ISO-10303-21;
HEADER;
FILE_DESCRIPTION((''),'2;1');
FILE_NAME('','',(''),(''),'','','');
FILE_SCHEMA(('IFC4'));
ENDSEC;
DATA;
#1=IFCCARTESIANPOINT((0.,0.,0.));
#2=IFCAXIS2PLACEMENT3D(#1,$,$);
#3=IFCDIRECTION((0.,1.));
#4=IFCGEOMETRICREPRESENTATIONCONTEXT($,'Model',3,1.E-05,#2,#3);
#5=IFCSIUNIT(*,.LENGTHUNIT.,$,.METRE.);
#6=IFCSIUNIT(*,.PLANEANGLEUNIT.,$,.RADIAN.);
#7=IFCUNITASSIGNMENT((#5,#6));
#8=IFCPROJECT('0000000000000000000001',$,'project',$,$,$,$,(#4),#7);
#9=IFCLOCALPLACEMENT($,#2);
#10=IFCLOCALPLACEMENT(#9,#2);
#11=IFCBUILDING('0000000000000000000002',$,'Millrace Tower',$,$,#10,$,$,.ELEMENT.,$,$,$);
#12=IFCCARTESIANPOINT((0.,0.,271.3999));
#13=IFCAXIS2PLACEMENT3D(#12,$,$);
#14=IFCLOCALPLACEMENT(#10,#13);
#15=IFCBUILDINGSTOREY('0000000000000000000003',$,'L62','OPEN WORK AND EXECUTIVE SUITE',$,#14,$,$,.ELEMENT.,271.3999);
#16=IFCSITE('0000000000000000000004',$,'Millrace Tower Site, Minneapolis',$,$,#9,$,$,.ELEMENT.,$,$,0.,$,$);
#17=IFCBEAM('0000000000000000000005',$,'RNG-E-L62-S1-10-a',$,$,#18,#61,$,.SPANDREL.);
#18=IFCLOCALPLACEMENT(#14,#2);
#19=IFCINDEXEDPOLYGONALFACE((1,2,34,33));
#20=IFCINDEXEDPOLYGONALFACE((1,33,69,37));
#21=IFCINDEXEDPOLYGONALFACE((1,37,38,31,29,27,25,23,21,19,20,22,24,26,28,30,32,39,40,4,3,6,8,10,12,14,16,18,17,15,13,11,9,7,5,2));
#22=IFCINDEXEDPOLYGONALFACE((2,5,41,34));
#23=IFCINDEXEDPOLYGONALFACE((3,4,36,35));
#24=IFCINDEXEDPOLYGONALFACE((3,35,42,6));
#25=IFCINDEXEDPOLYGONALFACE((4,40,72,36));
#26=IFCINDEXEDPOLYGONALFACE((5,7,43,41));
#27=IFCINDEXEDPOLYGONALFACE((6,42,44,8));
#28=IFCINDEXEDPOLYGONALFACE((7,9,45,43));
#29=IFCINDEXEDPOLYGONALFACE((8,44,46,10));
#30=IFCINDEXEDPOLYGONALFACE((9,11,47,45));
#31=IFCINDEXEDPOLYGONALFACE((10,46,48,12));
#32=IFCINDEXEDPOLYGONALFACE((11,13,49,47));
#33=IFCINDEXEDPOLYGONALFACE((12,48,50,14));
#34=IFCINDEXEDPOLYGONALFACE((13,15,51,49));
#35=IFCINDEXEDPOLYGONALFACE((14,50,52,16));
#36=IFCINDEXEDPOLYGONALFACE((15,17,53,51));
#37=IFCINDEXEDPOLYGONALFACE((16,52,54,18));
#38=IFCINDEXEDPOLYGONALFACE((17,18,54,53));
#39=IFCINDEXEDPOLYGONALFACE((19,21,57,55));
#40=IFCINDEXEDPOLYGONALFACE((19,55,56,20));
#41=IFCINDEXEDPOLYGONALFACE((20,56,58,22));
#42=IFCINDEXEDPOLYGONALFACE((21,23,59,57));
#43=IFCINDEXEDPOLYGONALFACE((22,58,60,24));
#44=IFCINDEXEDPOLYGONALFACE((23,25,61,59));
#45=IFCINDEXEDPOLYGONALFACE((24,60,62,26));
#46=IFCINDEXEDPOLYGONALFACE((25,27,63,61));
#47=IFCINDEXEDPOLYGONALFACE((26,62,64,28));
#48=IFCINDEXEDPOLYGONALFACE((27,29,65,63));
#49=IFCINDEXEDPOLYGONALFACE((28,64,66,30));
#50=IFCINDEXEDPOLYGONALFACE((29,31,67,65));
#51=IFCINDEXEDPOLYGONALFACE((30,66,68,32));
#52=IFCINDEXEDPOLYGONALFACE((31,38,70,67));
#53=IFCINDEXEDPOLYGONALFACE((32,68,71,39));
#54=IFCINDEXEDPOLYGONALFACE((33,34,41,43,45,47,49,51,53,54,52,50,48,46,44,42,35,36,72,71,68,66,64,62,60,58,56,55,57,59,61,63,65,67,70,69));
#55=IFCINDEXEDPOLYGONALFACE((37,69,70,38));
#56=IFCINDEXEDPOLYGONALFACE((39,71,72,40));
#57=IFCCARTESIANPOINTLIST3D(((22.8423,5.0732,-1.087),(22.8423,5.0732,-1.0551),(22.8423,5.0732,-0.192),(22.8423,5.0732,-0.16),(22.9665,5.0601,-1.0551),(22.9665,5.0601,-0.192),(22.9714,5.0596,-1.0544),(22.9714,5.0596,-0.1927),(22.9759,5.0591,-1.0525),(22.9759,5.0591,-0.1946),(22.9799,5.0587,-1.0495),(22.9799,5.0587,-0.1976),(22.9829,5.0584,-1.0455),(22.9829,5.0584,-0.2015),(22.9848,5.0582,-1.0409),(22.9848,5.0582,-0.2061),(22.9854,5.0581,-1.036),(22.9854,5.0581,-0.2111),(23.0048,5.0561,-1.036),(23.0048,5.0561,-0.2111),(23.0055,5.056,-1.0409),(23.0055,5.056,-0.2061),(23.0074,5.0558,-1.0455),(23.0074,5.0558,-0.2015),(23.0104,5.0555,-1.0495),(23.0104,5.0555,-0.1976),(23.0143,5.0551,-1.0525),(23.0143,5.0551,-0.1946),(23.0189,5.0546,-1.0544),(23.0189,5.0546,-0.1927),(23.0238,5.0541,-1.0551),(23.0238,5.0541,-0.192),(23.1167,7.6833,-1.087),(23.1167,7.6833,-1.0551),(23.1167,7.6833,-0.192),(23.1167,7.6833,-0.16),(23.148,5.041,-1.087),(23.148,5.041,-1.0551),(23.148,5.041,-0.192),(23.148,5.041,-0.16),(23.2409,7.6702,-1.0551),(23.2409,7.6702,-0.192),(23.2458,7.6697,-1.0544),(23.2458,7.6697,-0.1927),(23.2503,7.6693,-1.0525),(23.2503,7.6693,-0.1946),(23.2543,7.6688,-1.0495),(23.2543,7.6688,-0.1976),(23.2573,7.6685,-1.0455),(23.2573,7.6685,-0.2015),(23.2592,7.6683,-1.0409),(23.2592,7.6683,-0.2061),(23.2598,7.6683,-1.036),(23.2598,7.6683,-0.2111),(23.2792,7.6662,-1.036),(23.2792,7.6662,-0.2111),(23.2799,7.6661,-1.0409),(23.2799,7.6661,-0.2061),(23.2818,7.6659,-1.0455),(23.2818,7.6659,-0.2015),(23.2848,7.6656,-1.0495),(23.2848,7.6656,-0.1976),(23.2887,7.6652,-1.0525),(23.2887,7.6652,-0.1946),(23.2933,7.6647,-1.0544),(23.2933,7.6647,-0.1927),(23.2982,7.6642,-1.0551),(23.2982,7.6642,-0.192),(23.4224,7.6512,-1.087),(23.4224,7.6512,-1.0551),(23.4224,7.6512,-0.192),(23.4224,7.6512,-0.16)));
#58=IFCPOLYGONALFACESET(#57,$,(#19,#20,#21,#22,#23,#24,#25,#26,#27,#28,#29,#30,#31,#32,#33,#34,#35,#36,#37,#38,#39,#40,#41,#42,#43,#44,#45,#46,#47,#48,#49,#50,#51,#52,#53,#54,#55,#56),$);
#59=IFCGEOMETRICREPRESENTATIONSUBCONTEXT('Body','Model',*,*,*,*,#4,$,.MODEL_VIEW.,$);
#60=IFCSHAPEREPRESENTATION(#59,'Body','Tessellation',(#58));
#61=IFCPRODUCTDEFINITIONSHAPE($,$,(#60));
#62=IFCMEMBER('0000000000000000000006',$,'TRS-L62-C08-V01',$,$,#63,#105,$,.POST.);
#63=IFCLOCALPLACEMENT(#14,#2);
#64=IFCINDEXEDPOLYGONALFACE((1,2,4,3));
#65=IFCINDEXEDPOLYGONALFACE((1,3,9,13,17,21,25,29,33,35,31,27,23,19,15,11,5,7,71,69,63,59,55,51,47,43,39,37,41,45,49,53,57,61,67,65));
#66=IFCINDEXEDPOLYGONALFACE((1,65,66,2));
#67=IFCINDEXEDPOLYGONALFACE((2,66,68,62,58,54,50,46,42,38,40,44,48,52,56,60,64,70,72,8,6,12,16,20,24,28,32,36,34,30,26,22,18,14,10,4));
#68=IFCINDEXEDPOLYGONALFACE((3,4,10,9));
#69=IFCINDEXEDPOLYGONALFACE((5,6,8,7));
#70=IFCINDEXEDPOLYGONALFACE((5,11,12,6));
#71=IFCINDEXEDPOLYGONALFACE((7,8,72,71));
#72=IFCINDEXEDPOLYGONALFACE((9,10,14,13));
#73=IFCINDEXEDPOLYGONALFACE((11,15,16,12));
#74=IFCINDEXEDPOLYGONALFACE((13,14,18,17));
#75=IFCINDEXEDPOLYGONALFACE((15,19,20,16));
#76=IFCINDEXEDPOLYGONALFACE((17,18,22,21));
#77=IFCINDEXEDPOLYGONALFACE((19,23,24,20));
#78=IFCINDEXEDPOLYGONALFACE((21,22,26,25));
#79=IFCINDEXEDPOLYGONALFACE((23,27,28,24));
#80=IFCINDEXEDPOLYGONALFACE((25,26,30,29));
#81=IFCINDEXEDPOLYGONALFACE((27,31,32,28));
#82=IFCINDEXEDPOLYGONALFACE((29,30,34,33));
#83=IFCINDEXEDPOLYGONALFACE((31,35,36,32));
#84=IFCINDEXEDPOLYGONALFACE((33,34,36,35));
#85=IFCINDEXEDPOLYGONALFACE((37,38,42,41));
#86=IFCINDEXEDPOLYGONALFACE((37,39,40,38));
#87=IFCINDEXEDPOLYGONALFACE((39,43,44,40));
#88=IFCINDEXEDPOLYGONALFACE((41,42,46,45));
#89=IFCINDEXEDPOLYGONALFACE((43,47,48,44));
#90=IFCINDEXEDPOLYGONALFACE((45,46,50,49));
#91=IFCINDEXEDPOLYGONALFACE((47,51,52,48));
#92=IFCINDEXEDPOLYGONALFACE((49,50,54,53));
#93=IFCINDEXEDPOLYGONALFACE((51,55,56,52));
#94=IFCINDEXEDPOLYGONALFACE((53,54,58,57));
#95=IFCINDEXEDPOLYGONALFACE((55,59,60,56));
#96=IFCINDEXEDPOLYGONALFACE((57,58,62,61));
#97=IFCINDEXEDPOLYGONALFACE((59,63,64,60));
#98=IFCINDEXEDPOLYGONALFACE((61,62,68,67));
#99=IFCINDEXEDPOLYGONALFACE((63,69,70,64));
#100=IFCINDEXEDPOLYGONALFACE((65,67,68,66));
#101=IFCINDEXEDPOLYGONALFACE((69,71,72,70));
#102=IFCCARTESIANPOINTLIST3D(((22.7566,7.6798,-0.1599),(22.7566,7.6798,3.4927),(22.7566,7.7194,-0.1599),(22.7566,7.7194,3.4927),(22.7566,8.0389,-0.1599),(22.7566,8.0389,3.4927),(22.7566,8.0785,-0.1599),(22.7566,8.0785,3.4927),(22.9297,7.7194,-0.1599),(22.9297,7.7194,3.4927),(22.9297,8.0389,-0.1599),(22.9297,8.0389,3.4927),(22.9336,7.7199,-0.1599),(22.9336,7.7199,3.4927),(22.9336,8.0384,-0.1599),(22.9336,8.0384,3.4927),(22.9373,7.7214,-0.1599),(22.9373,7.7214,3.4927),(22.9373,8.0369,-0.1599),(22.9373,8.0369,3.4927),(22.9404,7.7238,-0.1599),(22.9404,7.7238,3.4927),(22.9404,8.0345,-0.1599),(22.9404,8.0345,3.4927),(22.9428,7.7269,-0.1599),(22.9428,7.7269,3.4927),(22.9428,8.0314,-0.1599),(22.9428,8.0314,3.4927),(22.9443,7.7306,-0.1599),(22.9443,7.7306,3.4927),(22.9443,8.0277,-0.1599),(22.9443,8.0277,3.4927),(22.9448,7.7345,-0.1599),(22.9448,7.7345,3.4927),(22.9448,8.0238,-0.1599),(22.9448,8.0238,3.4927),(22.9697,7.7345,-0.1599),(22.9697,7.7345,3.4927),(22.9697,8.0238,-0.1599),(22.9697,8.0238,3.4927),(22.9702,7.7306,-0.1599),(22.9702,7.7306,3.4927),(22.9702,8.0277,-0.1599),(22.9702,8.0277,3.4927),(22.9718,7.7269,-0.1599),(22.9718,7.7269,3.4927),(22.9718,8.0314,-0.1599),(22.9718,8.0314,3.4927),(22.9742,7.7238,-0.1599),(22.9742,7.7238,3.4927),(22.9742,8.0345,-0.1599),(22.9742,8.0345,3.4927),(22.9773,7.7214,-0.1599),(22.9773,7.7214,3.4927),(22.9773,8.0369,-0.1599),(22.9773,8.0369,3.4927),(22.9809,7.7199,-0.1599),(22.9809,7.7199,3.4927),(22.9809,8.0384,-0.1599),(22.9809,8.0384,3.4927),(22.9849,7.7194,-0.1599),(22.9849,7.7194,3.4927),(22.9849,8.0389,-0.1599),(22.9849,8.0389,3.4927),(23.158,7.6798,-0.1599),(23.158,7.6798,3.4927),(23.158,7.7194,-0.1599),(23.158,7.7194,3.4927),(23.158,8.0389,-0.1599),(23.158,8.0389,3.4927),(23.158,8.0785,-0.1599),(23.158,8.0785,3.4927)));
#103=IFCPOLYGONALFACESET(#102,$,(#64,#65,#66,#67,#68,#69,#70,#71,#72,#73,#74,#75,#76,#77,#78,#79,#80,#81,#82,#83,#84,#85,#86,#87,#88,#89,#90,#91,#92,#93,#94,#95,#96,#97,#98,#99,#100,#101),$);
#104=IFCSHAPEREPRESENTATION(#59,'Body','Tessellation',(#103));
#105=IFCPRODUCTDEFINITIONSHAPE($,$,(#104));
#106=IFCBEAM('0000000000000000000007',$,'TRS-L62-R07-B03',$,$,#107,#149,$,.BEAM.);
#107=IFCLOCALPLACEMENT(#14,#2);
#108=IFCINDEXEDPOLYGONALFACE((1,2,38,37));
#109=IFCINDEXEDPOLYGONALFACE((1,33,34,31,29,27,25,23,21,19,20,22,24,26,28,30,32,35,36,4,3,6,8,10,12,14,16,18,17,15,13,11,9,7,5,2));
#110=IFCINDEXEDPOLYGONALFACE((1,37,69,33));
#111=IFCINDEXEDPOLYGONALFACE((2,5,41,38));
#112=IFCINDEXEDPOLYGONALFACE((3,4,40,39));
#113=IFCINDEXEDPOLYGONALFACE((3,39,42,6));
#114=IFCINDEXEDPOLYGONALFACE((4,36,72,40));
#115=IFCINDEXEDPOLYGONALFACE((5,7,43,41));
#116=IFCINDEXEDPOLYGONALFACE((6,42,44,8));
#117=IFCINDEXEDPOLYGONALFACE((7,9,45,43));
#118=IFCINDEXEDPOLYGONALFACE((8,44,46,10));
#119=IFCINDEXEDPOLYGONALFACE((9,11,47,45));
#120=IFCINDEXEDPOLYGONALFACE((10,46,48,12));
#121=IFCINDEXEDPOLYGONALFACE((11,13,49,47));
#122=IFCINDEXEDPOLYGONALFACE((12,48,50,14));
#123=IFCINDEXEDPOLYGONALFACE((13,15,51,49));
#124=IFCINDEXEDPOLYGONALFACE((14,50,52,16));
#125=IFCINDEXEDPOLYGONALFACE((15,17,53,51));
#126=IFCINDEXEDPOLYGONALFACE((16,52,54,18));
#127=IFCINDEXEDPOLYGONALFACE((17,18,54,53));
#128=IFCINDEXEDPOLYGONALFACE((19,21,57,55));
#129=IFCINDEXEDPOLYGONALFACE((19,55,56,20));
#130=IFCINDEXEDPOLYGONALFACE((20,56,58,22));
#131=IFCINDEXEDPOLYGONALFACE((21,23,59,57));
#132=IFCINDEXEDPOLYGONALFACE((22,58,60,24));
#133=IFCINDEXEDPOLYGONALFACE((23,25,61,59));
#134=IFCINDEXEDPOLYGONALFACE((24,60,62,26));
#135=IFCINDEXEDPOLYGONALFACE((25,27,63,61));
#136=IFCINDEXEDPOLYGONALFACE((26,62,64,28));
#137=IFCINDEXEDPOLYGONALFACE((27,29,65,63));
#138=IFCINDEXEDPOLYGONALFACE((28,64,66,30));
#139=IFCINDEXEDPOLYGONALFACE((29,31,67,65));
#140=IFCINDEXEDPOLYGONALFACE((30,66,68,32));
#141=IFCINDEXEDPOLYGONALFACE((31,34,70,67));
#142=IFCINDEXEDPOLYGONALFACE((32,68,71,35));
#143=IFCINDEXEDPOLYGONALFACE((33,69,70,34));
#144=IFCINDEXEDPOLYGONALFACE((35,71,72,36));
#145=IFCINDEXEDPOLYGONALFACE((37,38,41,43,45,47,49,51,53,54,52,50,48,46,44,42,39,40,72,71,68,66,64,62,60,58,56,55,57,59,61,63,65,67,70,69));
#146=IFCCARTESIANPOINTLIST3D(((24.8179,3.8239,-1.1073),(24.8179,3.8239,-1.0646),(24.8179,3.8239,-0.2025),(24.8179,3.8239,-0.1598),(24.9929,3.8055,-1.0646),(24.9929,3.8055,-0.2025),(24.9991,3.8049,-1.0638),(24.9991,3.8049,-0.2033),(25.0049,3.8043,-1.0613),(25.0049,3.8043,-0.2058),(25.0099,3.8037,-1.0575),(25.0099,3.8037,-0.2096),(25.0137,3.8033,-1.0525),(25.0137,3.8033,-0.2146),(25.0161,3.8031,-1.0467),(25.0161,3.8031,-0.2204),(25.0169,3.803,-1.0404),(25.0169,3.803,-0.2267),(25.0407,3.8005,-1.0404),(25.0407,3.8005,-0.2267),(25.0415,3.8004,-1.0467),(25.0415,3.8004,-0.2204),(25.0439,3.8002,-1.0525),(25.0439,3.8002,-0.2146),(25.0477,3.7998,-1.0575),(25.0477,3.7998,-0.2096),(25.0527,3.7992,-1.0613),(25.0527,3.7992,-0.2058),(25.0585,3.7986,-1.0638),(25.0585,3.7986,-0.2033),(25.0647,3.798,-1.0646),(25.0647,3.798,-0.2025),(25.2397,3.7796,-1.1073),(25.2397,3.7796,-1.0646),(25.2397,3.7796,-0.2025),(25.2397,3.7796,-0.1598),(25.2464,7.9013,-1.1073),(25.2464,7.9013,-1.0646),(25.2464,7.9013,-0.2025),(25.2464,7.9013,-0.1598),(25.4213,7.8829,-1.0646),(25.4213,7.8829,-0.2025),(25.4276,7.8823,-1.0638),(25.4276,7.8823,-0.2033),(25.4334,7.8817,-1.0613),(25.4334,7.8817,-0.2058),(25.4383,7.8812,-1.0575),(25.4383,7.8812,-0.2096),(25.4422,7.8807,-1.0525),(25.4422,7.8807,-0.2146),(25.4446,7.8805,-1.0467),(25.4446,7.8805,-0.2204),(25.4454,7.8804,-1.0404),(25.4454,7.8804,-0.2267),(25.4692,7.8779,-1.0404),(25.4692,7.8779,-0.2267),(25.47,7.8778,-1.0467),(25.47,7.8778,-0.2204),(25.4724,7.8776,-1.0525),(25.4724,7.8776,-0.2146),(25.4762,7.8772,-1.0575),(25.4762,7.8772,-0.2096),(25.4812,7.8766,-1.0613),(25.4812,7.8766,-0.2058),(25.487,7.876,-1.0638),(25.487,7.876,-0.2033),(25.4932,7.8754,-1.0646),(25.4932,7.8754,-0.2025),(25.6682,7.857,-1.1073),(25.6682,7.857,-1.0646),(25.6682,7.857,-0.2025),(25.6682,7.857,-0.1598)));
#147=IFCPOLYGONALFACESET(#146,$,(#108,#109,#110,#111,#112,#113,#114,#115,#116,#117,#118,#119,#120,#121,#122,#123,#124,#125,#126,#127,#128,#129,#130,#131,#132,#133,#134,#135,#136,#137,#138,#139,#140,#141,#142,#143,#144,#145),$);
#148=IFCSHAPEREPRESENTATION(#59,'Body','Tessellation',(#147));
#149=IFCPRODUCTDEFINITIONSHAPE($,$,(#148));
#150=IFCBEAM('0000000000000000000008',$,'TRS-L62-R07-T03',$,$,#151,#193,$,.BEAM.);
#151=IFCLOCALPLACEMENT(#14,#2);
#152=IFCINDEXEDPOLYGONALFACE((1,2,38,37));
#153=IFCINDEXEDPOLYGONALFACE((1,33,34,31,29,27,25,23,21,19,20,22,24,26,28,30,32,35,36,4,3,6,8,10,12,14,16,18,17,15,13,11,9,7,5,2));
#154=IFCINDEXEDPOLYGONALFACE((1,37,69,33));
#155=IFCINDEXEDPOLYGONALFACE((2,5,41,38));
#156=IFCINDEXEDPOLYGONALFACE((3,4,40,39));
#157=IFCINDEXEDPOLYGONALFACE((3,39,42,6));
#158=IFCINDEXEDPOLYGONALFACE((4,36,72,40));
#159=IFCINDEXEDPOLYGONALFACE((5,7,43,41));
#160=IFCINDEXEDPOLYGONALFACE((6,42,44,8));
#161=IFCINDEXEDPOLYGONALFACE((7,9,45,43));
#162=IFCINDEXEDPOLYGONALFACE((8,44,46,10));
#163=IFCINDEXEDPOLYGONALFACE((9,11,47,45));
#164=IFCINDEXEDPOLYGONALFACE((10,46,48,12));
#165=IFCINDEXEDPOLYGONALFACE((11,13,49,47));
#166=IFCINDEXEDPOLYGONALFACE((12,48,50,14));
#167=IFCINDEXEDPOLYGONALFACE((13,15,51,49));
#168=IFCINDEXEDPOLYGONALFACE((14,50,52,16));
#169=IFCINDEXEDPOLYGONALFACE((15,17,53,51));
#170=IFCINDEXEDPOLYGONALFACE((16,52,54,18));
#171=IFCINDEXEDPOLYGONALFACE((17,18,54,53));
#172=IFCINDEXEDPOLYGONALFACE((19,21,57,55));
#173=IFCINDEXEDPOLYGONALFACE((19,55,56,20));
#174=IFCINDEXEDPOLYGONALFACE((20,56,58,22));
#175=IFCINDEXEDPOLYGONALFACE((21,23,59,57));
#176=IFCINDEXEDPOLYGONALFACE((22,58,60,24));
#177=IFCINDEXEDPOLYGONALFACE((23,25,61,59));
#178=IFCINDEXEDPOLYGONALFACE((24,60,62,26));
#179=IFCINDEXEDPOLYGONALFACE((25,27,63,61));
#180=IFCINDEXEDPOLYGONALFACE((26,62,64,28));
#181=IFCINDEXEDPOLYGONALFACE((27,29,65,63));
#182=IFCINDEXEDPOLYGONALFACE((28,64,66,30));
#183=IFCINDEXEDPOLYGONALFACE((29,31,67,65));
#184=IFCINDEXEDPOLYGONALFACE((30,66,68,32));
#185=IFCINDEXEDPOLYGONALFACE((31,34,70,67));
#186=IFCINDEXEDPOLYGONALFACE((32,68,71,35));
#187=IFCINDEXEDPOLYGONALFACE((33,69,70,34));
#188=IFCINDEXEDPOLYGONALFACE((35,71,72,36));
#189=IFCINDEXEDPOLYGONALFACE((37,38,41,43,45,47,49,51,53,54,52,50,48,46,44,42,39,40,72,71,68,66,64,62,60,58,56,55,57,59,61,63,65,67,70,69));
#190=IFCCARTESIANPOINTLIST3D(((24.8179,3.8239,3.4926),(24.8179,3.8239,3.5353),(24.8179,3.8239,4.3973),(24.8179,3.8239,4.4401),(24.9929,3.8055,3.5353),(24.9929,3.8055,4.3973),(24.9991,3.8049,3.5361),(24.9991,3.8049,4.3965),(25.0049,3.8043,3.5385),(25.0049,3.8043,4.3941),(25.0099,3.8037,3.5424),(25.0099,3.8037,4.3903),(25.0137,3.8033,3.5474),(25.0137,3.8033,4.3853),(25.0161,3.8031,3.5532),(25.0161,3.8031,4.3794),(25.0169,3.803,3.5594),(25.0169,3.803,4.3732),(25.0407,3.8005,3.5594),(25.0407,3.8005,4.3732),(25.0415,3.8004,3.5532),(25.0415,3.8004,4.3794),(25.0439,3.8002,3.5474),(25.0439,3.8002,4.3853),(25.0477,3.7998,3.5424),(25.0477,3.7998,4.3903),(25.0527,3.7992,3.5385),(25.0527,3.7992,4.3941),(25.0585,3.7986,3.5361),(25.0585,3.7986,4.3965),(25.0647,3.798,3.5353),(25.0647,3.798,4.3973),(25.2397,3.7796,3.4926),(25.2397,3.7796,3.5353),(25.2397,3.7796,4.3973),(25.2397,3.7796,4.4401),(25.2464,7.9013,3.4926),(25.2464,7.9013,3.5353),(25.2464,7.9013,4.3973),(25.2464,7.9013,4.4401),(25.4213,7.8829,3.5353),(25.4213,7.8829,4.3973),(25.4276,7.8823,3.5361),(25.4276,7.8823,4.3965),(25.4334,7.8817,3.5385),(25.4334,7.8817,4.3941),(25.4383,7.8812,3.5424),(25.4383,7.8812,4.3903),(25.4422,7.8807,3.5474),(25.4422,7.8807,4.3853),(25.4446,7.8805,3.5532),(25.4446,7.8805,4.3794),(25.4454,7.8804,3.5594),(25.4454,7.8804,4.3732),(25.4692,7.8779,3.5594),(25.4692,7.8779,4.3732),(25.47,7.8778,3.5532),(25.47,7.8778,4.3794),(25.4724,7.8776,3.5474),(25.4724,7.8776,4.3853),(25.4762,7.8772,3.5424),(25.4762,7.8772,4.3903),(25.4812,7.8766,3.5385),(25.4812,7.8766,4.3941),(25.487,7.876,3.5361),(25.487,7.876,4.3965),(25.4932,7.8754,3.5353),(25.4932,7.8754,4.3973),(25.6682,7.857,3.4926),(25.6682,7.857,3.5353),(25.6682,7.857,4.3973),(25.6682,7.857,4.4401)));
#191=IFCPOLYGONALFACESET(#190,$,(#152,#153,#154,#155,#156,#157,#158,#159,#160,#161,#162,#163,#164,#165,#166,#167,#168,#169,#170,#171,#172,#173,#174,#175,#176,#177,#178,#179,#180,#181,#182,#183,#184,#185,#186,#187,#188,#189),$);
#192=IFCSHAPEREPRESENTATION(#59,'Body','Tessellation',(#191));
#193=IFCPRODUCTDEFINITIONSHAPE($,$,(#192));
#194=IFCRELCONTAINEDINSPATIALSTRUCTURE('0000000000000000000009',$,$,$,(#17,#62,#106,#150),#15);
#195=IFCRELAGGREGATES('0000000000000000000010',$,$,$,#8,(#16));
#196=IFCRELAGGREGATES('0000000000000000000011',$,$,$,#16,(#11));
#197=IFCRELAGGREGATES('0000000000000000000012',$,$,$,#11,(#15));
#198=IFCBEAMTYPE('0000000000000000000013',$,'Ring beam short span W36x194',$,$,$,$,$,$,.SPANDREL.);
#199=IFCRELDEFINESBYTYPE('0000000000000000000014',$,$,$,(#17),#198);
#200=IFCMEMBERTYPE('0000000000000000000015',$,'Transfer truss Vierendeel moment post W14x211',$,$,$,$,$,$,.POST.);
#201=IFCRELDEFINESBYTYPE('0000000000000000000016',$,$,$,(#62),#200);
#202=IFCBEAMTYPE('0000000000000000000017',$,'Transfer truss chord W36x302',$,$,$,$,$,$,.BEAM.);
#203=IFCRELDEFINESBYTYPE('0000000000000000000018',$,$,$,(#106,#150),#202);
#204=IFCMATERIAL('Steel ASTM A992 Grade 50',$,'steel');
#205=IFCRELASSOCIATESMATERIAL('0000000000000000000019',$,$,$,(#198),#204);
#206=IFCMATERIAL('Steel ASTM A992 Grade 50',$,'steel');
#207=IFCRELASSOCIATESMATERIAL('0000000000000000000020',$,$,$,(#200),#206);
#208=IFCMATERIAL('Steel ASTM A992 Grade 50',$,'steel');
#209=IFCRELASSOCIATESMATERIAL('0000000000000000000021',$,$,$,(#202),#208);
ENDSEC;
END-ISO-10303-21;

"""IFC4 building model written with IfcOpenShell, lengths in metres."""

from ifc_helpers import new_model, si_unit, direction, frame, origin, origin_2d, place, context, subcontext, project, spatial, i_section, extrude, material, material_profile, profile_set, type_object, element, save


model = new_model("IFC4")

# Units and contexts
model_context = context("Model", 3, precision=1e-05, world=origin(), true_north=direction((0.0, 1.0)))
body_context = subcontext(model_context, "Body", "Model", "MODEL_VIEW")
ifc_project = project(units=[si_unit("LENGTHUNIT", "METRE"), si_unit("PLANEANGLEUNIT", "RADIAN")], contexts=[model_context])

# Site, building, storey
site_placement = place(None, origin())
site = spatial("IfcSite", under=ifc_project, at=site_placement, Name="Millrace Tower Site, Minneapolis", CompositionType="ELEMENT", RefElevation=0.0)
building_placement = place(site_placement, origin())
building = spatial("IfcBuilding", under=site, at=building_placement, Name="Millrace Tower", CompositionType="ELEMENT")
storey_placement = place(building_placement, frame((0.0, 0.0, 271.3999)))
storey = spatial("IfcBuildingStorey", under=building, at=storey_placement, Name="L62", Description="OPEN WORK AND EXECUTIVE SUITE", CompositionType="ELEMENT", Elevation=271.3999)

# Beam
ifc_material_1 = material(Name="Steel ASTM A992 Grade 50", Category="steel")
ifc_material_profile_1 = material_profile(ifc_material_1, i_section(OverallWidth=0.3074, OverallDepth=0.927, WebThickness=0.0195, FlangeThickness=0.032, FilletRadius=0.019, at=origin_2d()))
ifc_profile_set_1 = profile_set([ifc_material_profile_1], Name="Steel ASTM A992 Grade 50")
beam_type_1 = type_object("IfcBeamType", Name="Ring beam short span W36x194", PredefinedType="SPANDREL", material=ifc_profile_set_1)
beam_1_placement = place(storey_placement, frame((23.2695, 7.6672, -0.6235), z_axis=(-0.104559, -0.994519, 0.0), x_axis=(0.994519, -0.104559, 0.0)))
element("IfcBeam", 1, at=beam_1_placement, inside=storey, type_object=beam_type_1, Name="RNG-E-L62-S1-10-a", PredefinedType="SPANDREL", context=body_context, shape_type="SweptSolid", body=[
    extrude(i_section(OverallWidth=0.3074, OverallDepth=0.927, WebThickness=0.0195, FlangeThickness=0.032, FilletRadius=0.019, at=origin_2d()), origin(), (0.0, 0.0, 1.0), 2.6245),
])

# Member
ifc_material_2 = material(Name="Steel ASTM A992 Grade 50", Category="steel")
ifc_material_profile_2 = material_profile(ifc_material_2, i_section(OverallWidth=0.4014, OverallDepth=0.3987, WebThickness=0.0249, FlangeThickness=0.0396, FilletRadius=0.0151, at=origin_2d()))
ifc_profile_set_2 = profile_set([ifc_material_profile_2], Name="Steel ASTM A992 Grade 50")
member_type_1 = type_object("IfcMemberType", Name="Transfer truss Vierendeel moment post W14x211", PredefinedType="POST", material=ifc_profile_set_2)
member_1_placement = place(storey_placement, frame((22.9573, 7.8792, -0.1599), z_axis=(0.0, 0.0, 1.0), x_axis=(1.0, 0.0, 0.0)))
element("IfcMember", 2, at=member_1_placement, inside=storey, type_object=member_type_1, Name="TRS-L62-C08-V01", PredefinedType="POST", context=body_context, shape_type="SweptSolid", body=[
    extrude(i_section(OverallWidth=0.4014, OverallDepth=0.3987, WebThickness=0.0249, FlangeThickness=0.0396, FilletRadius=0.0151, at=origin_2d()), origin(), (0.0, 0.0, 1.0), 3.6526),
])

# Beams
ifc_material_3 = material(Name="Steel ASTM A992 Grade 50", Category="steel")
ifc_material_profile_3 = material_profile(ifc_material_3, i_section(OverallWidth=0.4241, OverallDepth=0.9475, WebThickness=0.0239, FlangeThickness=0.0427, FilletRadius=0.0242, at=origin_2d()))
ifc_profile_set_3 = profile_set([ifc_material_profile_3], Name="Steel ASTM A992 Grade 50")
beam_type_2 = type_object("IfcBeamType", Name="Transfer truss chord W36x302", PredefinedType="BEAM", material=ifc_profile_set_3)
for number, where, z_axis, x_axis, name in (
    (3, (25.0288, 3.8018, -0.6335), (0.104508, 0.994524, 0.0), (-0.994524, 0.104508, 0.0), "TRS-L62-R07-B03"),
    (4, (25.0288, 3.8018, 3.9663), (0.104508, 0.994524, 0.0), (-0.994524, 0.104508, 0.0), "TRS-L62-R07-T03"),
):
    element("IfcBeam", number, at=place(storey_placement, frame(where, z_axis=z_axis, x_axis=x_axis)), inside=storey, type_object=beam_type_2, Name=name, PredefinedType="BEAM", context=body_context, shape_type="SweptSolid", body=[
        extrude(i_section(OverallWidth=0.4241, OverallDepth=0.9475, WebThickness=0.0239, FlangeThickness=0.0427, FilletRadius=0.0242, at=origin_2d()), origin(), (0.0, 0.0, 1.0), 4.0999),
    ])

save(model, "model.ifc")
